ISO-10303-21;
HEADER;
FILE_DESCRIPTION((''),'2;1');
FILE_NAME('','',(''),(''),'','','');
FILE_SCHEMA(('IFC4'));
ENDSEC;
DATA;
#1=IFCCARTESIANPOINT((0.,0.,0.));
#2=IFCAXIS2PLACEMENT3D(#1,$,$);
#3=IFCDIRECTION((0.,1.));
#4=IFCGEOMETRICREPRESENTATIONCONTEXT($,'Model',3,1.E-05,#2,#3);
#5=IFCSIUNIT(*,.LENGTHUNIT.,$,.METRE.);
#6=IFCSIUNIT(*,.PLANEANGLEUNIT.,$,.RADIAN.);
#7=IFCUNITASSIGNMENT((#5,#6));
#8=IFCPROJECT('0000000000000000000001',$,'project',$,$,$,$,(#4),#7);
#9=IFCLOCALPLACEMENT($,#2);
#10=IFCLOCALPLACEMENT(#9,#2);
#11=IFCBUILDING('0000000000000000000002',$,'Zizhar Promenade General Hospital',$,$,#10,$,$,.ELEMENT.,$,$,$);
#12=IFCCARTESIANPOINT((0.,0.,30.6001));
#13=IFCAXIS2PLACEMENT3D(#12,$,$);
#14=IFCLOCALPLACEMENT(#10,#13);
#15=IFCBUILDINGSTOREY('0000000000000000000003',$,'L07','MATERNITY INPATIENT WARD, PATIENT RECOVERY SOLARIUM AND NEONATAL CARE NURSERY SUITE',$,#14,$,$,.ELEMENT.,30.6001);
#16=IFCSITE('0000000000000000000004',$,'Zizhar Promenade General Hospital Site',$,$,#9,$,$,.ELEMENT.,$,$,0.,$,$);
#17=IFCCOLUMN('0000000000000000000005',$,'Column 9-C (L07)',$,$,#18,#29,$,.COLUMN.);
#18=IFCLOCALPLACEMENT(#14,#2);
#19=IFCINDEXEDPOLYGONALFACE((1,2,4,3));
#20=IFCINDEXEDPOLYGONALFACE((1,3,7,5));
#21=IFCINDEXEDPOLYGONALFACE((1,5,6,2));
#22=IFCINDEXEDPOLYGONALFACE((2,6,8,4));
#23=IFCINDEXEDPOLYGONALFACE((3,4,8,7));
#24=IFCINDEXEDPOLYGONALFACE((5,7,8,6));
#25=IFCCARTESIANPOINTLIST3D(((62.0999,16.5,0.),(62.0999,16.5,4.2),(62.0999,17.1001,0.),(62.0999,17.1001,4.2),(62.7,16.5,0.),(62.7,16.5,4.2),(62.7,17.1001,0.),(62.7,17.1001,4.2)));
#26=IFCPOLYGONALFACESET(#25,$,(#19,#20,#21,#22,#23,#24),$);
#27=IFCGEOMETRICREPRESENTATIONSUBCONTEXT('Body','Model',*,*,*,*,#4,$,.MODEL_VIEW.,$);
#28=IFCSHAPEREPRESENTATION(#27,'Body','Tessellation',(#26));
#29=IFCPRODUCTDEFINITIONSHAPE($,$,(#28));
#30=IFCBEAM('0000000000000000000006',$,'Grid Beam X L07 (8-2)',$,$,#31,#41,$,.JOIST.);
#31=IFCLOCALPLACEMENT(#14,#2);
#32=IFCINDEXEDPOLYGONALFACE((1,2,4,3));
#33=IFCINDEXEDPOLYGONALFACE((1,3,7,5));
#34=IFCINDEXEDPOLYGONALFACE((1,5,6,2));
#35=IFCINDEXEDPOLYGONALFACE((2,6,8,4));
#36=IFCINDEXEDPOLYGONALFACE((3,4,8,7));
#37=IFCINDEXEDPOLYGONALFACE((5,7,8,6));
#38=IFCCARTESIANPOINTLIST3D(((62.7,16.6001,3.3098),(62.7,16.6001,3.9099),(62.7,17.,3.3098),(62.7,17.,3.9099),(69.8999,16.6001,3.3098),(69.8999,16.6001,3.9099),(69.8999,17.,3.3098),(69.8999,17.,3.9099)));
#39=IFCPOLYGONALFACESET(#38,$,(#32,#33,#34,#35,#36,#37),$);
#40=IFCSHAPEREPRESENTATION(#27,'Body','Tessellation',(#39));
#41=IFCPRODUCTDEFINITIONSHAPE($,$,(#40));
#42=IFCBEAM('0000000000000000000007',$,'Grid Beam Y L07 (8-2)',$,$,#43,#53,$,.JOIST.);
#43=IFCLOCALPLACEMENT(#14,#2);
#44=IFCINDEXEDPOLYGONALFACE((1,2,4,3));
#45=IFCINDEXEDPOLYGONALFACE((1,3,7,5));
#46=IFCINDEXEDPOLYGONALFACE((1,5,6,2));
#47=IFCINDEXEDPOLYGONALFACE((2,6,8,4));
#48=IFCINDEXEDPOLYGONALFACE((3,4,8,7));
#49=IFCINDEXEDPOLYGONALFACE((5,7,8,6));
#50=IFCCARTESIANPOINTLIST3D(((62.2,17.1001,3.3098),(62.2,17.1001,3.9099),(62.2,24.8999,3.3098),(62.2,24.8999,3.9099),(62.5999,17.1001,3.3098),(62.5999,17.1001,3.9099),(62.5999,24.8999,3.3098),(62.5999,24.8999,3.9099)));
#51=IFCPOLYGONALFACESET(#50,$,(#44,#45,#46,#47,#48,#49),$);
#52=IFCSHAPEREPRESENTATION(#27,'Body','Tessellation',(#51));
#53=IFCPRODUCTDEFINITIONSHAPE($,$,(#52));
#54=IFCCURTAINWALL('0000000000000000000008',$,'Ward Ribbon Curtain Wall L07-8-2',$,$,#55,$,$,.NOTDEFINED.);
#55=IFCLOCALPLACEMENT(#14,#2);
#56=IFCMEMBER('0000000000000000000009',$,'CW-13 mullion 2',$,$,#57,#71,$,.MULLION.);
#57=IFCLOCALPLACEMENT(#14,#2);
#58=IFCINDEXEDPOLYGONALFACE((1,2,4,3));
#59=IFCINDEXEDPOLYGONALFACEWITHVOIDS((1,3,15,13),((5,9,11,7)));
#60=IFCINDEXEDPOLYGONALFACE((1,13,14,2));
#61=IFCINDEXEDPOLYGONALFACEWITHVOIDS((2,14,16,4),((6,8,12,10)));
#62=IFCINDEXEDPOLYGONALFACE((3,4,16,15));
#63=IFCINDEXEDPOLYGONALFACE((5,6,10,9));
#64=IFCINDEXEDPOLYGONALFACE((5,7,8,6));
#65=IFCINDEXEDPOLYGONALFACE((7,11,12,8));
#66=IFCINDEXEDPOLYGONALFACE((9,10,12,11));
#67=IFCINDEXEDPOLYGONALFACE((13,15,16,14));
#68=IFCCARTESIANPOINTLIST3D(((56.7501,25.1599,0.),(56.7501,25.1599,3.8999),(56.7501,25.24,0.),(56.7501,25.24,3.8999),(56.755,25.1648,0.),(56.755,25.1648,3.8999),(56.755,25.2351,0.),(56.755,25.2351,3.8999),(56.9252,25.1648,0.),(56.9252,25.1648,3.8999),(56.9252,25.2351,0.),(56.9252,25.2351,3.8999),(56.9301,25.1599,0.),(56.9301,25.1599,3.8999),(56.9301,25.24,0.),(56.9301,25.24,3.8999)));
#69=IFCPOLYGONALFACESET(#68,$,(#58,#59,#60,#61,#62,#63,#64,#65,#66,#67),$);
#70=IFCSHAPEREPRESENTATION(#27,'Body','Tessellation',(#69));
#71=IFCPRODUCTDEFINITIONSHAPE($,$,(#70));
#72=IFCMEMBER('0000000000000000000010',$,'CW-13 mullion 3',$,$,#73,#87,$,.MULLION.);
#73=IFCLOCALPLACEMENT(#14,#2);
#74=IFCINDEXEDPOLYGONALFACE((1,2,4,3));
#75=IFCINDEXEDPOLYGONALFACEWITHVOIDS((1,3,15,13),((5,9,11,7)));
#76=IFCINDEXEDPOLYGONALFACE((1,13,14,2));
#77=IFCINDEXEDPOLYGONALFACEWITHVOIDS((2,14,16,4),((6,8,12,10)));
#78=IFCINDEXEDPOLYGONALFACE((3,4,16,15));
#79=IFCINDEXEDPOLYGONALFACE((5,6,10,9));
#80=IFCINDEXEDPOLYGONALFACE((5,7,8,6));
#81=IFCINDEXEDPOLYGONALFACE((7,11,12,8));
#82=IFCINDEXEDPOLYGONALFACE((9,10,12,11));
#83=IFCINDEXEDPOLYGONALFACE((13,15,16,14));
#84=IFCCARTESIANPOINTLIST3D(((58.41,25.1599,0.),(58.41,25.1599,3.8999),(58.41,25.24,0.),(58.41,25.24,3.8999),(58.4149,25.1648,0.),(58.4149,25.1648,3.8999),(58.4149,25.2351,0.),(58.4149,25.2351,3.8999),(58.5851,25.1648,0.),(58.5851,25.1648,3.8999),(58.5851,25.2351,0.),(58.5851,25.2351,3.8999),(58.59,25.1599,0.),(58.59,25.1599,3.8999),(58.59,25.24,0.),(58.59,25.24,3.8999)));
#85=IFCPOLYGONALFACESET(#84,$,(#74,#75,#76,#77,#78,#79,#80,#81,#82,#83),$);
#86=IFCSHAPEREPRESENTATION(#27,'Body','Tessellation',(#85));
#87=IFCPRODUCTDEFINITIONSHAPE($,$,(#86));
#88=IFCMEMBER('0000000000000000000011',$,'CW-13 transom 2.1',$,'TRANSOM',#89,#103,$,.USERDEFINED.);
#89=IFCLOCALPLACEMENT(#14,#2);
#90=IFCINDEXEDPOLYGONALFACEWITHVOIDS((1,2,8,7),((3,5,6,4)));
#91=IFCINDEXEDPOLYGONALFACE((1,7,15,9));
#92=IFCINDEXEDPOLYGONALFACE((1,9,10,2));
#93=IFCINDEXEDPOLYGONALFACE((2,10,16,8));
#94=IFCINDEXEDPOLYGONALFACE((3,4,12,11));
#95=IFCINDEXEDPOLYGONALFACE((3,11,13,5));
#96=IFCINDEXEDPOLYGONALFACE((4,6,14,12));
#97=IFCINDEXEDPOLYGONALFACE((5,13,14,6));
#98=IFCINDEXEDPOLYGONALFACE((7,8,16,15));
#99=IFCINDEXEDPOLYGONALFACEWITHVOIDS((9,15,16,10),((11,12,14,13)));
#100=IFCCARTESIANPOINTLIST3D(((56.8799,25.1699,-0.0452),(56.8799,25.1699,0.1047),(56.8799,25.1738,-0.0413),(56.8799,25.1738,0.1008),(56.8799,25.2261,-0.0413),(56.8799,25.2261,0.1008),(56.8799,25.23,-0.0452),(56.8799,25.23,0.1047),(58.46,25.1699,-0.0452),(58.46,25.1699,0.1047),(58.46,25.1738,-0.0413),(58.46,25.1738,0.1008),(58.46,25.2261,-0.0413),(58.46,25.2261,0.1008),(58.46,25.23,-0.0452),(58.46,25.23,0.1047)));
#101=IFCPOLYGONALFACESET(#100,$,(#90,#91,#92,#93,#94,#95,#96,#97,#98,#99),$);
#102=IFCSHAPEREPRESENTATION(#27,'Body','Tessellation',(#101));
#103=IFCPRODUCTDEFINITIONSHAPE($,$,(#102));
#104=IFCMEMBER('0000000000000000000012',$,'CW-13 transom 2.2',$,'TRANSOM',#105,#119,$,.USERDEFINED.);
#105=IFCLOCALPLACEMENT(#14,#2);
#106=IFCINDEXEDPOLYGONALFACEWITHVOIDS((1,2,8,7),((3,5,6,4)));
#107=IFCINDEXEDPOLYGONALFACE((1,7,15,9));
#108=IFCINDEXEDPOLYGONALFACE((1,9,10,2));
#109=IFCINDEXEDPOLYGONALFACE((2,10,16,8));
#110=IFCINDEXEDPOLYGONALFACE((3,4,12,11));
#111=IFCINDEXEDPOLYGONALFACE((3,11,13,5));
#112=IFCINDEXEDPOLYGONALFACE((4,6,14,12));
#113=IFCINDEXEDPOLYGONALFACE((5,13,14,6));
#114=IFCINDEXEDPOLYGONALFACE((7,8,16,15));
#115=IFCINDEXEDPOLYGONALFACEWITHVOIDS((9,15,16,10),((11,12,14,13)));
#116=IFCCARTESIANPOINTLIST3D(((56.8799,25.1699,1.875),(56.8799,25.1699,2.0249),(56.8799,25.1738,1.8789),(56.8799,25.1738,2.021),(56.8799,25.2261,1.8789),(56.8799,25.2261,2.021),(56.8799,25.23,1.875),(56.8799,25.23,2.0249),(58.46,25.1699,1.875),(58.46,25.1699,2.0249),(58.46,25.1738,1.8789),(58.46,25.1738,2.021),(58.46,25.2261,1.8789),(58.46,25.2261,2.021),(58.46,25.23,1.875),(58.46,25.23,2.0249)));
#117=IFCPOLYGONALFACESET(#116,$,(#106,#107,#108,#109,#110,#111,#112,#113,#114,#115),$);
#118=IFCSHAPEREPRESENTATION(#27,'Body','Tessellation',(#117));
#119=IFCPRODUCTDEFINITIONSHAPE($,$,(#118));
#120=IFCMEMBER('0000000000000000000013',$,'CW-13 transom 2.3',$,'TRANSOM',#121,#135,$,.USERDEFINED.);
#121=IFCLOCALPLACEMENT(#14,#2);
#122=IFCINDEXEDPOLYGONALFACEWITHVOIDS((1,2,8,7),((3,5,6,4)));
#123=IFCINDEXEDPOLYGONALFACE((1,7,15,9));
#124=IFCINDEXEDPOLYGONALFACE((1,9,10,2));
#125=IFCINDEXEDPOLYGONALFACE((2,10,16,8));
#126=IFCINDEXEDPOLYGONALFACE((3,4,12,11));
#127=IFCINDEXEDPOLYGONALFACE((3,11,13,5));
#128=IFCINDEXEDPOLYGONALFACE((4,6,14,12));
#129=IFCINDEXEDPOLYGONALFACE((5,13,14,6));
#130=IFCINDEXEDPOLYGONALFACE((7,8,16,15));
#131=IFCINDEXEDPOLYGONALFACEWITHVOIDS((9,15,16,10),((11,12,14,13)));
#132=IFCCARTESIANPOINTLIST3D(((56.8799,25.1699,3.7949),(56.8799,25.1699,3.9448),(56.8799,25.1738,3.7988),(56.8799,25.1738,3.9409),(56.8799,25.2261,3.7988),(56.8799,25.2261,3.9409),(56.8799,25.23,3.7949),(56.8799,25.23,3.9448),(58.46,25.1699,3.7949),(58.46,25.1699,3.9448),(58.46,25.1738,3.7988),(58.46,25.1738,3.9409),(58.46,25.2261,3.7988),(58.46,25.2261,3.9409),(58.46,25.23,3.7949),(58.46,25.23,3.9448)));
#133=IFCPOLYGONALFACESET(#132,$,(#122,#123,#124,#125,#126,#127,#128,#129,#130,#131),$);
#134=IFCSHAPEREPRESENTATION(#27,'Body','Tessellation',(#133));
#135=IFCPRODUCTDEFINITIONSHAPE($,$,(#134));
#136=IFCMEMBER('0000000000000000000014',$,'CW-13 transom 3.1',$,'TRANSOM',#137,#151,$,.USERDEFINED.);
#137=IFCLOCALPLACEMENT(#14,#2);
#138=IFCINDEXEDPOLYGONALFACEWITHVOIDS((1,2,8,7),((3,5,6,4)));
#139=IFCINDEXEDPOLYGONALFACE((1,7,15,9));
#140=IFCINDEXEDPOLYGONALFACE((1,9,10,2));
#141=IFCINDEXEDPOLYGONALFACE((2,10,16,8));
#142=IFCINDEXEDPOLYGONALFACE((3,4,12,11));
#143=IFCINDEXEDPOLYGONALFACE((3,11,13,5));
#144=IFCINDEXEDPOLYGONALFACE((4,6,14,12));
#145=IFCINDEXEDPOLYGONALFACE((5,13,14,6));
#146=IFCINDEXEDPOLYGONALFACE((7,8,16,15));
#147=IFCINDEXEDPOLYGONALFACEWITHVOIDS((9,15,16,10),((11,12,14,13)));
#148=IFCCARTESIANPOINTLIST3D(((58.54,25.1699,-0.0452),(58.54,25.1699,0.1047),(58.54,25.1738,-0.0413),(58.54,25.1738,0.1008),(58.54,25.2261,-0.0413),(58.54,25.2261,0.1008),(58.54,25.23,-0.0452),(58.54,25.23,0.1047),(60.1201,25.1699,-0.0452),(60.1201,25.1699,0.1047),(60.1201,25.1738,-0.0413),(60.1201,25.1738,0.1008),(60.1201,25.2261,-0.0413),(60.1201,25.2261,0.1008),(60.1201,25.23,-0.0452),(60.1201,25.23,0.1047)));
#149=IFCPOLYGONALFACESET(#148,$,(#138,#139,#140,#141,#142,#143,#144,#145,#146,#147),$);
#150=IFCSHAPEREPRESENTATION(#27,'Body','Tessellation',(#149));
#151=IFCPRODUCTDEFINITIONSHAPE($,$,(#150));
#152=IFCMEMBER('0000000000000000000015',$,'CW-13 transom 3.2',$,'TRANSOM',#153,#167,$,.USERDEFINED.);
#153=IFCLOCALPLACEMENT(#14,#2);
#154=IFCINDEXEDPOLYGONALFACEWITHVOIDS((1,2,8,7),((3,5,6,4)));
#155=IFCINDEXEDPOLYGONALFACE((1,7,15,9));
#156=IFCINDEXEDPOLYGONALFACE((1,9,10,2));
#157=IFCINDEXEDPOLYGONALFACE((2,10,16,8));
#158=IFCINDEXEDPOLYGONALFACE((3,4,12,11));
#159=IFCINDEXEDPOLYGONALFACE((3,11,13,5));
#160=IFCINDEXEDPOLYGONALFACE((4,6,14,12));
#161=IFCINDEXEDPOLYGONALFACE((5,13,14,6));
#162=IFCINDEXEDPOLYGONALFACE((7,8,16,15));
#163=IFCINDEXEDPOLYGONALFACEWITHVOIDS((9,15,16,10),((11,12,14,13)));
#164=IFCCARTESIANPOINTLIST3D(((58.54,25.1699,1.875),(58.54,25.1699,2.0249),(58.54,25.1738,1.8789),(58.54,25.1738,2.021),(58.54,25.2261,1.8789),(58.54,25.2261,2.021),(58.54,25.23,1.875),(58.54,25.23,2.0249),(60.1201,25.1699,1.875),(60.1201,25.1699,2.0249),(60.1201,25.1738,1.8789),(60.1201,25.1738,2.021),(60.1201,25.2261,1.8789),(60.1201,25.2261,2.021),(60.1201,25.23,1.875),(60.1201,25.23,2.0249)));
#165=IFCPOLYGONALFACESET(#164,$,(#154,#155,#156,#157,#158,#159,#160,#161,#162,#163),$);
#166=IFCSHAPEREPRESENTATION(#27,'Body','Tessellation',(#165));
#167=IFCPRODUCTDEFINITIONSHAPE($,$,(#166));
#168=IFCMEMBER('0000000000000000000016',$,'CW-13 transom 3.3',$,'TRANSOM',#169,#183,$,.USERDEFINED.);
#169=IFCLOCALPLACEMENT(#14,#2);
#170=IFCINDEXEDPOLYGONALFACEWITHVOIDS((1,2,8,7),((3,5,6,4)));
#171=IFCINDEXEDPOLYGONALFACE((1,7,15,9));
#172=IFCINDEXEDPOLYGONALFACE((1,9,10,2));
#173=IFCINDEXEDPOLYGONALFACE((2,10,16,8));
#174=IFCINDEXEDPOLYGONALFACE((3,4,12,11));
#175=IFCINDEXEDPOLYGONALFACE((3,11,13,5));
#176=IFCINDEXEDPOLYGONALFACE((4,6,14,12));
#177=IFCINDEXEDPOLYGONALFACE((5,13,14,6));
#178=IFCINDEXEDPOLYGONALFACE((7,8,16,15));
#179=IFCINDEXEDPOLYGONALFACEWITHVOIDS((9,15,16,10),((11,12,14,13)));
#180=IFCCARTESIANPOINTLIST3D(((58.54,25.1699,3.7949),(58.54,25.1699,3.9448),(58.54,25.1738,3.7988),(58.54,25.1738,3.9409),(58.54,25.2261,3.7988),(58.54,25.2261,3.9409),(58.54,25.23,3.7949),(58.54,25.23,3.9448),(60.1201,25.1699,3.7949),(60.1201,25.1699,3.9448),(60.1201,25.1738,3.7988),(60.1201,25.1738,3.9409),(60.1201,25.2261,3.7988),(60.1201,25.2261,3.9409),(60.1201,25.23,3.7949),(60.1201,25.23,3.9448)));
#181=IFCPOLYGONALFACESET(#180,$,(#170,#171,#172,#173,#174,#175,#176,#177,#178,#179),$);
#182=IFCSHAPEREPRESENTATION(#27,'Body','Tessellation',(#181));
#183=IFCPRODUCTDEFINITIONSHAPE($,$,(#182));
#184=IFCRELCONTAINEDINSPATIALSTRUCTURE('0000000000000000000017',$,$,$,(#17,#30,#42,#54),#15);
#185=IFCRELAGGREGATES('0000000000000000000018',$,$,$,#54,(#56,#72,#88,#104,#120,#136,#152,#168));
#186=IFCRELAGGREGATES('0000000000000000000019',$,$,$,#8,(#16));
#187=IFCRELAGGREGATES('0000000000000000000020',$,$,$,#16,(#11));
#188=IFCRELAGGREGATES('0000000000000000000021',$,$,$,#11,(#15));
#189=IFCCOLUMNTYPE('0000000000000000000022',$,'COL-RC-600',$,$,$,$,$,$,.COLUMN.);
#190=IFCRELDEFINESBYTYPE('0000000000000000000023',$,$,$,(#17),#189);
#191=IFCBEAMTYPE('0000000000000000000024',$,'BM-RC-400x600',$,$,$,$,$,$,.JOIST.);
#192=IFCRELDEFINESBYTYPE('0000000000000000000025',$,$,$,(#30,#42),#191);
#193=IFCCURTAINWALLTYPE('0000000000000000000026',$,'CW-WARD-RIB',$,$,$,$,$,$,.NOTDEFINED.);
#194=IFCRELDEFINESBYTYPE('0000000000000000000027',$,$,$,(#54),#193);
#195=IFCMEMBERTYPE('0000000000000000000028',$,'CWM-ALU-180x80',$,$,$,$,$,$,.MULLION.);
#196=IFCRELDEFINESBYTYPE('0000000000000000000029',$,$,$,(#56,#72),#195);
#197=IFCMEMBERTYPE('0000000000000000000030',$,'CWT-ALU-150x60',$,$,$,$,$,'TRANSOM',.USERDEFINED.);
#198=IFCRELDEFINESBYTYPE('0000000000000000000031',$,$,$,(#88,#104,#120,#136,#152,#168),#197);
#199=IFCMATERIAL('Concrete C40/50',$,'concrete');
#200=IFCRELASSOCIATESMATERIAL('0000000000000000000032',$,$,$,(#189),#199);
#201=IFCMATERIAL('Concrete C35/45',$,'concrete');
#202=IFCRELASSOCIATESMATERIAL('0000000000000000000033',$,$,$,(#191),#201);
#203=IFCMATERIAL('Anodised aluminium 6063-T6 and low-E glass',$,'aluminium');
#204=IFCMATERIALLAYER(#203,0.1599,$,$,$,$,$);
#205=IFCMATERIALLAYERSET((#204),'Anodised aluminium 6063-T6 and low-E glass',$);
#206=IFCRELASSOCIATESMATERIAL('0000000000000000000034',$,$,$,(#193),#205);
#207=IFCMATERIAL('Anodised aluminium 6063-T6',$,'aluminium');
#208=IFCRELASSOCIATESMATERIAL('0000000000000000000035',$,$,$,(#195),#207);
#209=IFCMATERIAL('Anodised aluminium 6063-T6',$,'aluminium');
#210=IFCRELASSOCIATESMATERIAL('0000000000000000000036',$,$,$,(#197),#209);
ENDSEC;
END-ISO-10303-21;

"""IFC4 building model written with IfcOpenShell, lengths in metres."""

from ifc_helpers import new_model, si_unit, direction, frame, origin, origin_2d, place, context, subcontext, project, spatial, rectangle, hollow_rectangle, extrude, material, layer, layer_set, material_profile, profile_set, type_object, element, aggregate, save


model = new_model("IFC4")

# Units and contexts
model_context = context("Model", 3, precision=1e-05, world=origin(), true_north=direction((0.0, 1.0)))
body_context = subcontext(model_context, "Body", "Model", "MODEL_VIEW")
ifc_project = project(units=[si_unit("LENGTHUNIT", "METRE"), si_unit("PLANEANGLEUNIT", "RADIAN")], contexts=[model_context])

# Site, building, storey
site_placement = place(None, origin())
site = spatial("IfcSite", under=ifc_project, at=site_placement, Name="Zizhar Promenade General Hospital Site", CompositionType="ELEMENT", RefElevation=0.0)
building_placement = place(site_placement, origin())
building = spatial("IfcBuilding", under=site, at=building_placement, Name="Zizhar Promenade General Hospital", CompositionType="ELEMENT")
storey_placement = place(building_placement, frame((0.0, 0.0, 30.6001)))
storey = spatial("IfcBuildingStorey", under=building, at=storey_placement, Name="L07", Description="MATERNITY INPATIENT WARD, PATIENT RECOVERY SOLARIUM AND NEONATAL CARE NURSERY SUITE", CompositionType="ELEMENT", Elevation=30.6001)

# Column
ifc_material_1 = material(Name="Concrete C40/50", Category="concrete")
ifc_material_profile_1 = material_profile(ifc_material_1, rectangle(XDim=0.6001, YDim=0.6001, at=origin_2d()))
ifc_profile_set_1 = profile_set([ifc_material_profile_1], Name="Concrete C40/50")
column_type = type_object("IfcColumnType", Name="COL-RC-600", PredefinedType="COLUMN", material=ifc_profile_set_1)
column_placement = place(storey_placement, frame((62.3999, 16.8, 0.0), z_axis=(0.0, 0.0, 1.0), x_axis=(1.0, 0.0, 0.0)))
element("IfcColumn", 1, at=column_placement, inside=storey, type_object=column_type, Name="Column 9-C (L07)", PredefinedType="COLUMN", context=body_context, shape_type="SweptSolid", body=[
    extrude(rectangle(XDim=0.6001, YDim=0.6001, at=origin_2d()), origin(), (0.0, 0.0, 1.0), 4.2),
])

# Beams
ifc_material_2 = material(Name="Concrete C35/45", Category="concrete")
ifc_material_profile_2 = material_profile(ifc_material_2, rectangle(XDim=0.3999, YDim=0.6001, at=origin_2d()))
ifc_profile_set_2 = profile_set([ifc_material_profile_2], Name="Concrete C35/45")
beam_type = type_object("IfcBeamType", Name="BM-RC-400x600", PredefinedType="JOIST", material=ifc_profile_set_2)
beam_1_placement = place(storey_placement, frame((62.7, 16.8, 3.6099), z_axis=(1.0, 0.0, 0.0), x_axis=(0.0, 1.0, 0.0)))
element("IfcBeam", 2, at=beam_1_placement, inside=storey, type_object=beam_type, Name="Grid Beam X L07 (8-2)", PredefinedType="JOIST", context=body_context, shape_type="SweptSolid", body=[
    extrude(rectangle(XDim=0.3999, YDim=0.6001, at=origin_2d()), origin(), (0.0, 0.0, 1.0), 7.2),
])
beam_2_placement = place(storey_placement, frame((62.3999, 17.1001, 3.6099), z_axis=(0.0, 1.0, 0.0), x_axis=(-1.0, 0.0, 0.0)))
element("IfcBeam", 3, at=beam_2_placement, inside=storey, type_object=beam_type, Name="Grid Beam Y L07 (8-2)", PredefinedType="JOIST", context=body_context, shape_type="SweptSolid", body=[
    extrude(rectangle(XDim=0.3999, YDim=0.6001, at=origin_2d()), origin(), (0.0, 0.0, 1.0), 7.7998),
])

# Curtain wall, members
ifc_material_3 = material(Name="Anodised aluminium 6063-T6 and low-E glass", Category="aluminium")
ifc_layer_1 = layer(ifc_material_3, 0.1599)
ifc_layer_set_1 = layer_set([ifc_layer_1], Name="Anodised aluminium 6063-T6 and low-E glass")
curtain_wall_type = type_object("IfcCurtainWallType", Name="CW-WARD-RIB", PredefinedType="NOTDEFINED", material=ifc_layer_set_1)
curtain_wall_placement = place(storey_placement, origin())
curtain_wall = element("IfcCurtainWall", 4, at=curtain_wall_placement, inside=storey, type_object=curtain_wall_type, Name="Ward Ribbon Curtain Wall L07-8-2", PredefinedType="NOTDEFINED")
ifc_material_4 = material(Name="Anodised aluminium 6063-T6", Category="aluminium")
ifc_material_profile_3 = material_profile(ifc_material_4, hollow_rectangle(XDim=0.0801, YDim=0.1799, WallThickness=0.0049, at=origin_2d()))
ifc_profile_set_3 = profile_set([ifc_material_profile_3], Name="Anodised aluminium 6063-T6")
member_type_1 = type_object("IfcMemberType", Name="CWM-ALU-180x80", PredefinedType="MULLION", material=ifc_profile_set_3)
member_1_placement = place(storey_placement, frame((56.8401, 25.2, 0.0), z_axis=(0.0, 0.0, 1.0), x_axis=(0.0, 1.0, 0.0)))
member_1 = element("IfcMember", 5, at=member_1_placement, type_object=member_type_1, Name="CW-13 mullion 2", PredefinedType="MULLION", context=body_context, shape_type="SweptSolid", body=[
    extrude(hollow_rectangle(XDim=0.0801, YDim=0.1799, WallThickness=0.0049, at=origin_2d()), origin(), (0.0, 0.0, 1.0), 3.8999),
])
member_2_placement = place(storey_placement, frame((58.5, 25.2, 0.0), z_axis=(0.0, 0.0, 1.0), x_axis=(0.0, 1.0, 0.0)))
member_2 = element("IfcMember", 6, at=member_2_placement, type_object=member_type_1, Name="CW-13 mullion 3", PredefinedType="MULLION", context=body_context, shape_type="SweptSolid", body=[
    extrude(hollow_rectangle(XDim=0.0801, YDim=0.1799, WallThickness=0.0049, at=origin_2d()), origin(), (0.0, 0.0, 1.0), 3.8999),
])
ifc_material_5 = material(Name="Anodised aluminium 6063-T6", Category="aluminium")
ifc_material_profile_4 = material_profile(ifc_material_5, hollow_rectangle(XDim=0.0601, YDim=0.1499, WallThickness=0.0039, at=origin_2d()))
ifc_profile_set_4 = profile_set([ifc_material_profile_4], Name="Anodised aluminium 6063-T6")
member_type_2 = type_object("IfcMemberType", Name="CWT-ALU-150x60", ElementType="TRANSOM", PredefinedType="USERDEFINED", material=ifc_profile_set_4)
member_3_placement = place(storey_placement, frame((56.8799, 25.2, 0.0298), z_axis=(1.0, 0.0, 0.0), x_axis=(0.0, 1.0, 0.0)))
member_3 = element("IfcMember", 7, at=member_3_placement, type_object=member_type_2, Name="CW-13 transom 2.1", ObjectType="TRANSOM", PredefinedType="USERDEFINED", context=body_context, shape_type="SweptSolid", body=[
    extrude(hollow_rectangle(XDim=0.0601, YDim=0.1499, WallThickness=0.0039, at=origin_2d()), origin(), (0.0, 0.0, 1.0), 1.5801),
])
member_4_placement = place(storey_placement, frame((56.8799, 25.2, 1.95), z_axis=(1.0, 0.0, 0.0), x_axis=(0.0, 1.0, 0.0)))
member_4 = element("IfcMember", 8, at=member_4_placement, type_object=member_type_2, Name="CW-13 transom 2.2", ObjectType="TRANSOM", PredefinedType="USERDEFINED", context=body_context, shape_type="SweptSolid", body=[
    extrude(hollow_rectangle(XDim=0.0601, YDim=0.1499, WallThickness=0.0039, at=origin_2d()), origin(), (0.0, 0.0, 1.0), 1.5801),
])
member_5_placement = place(storey_placement, frame((56.8799, 25.2, 3.8699), z_axis=(1.0, 0.0, 0.0), x_axis=(0.0, 1.0, 0.0)))
member_5 = element("IfcMember", 9, at=member_5_placement, type_object=member_type_2, Name="CW-13 transom 2.3", ObjectType="TRANSOM", PredefinedType="USERDEFINED", context=body_context, shape_type="SweptSolid", body=[
    extrude(hollow_rectangle(XDim=0.0601, YDim=0.1499, WallThickness=0.0039, at=origin_2d()), origin(), (0.0, 0.0, 1.0), 1.5801),
])
member_6_placement = place(storey_placement, frame((58.54, 25.2, 0.0298), z_axis=(1.0, 0.0, 0.0), x_axis=(0.0, 1.0, 0.0)))
member_6 = element("IfcMember", 10, at=member_6_placement, type_object=member_type_2, Name="CW-13 transom 3.1", ObjectType="TRANSOM", PredefinedType="USERDEFINED", context=body_context, shape_type="SweptSolid", body=[
    extrude(hollow_rectangle(XDim=0.0601, YDim=0.1499, WallThickness=0.0039, at=origin_2d()), origin(), (0.0, 0.0, 1.0), 1.5801),
])
member_7_placement = place(storey_placement, frame((58.54, 25.2, 1.95), z_axis=(1.0, 0.0, 0.0), x_axis=(0.0, 1.0, 0.0)))
member_7 = element("IfcMember", 11, at=member_7_placement, type_object=member_type_2, Name="CW-13 transom 3.2", ObjectType="TRANSOM", PredefinedType="USERDEFINED", context=body_context, shape_type="SweptSolid", body=[
    extrude(hollow_rectangle(XDim=0.0601, YDim=0.1499, WallThickness=0.0039, at=origin_2d()), origin(), (0.0, 0.0, 1.0), 1.5801),
])
member_8_placement = place(storey_placement, frame((58.54, 25.2, 3.8699), z_axis=(1.0, 0.0, 0.0), x_axis=(0.0, 1.0, 0.0)))
member_8 = element("IfcMember", 12, at=member_8_placement, type_object=member_type_2, Name="CW-13 transom 3.3", ObjectType="TRANSOM", PredefinedType="USERDEFINED", context=body_context, shape_type="SweptSolid", body=[
    extrude(hollow_rectangle(XDim=0.0601, YDim=0.1499, WallThickness=0.0039, at=origin_2d()), origin(), (0.0, 0.0, 1.0), 1.5801),
])
aggregate(curtain_wall, [member_1, member_2, member_3, member_4, member_5, member_6, member_7, member_8])

save(model, "model.ifc")
